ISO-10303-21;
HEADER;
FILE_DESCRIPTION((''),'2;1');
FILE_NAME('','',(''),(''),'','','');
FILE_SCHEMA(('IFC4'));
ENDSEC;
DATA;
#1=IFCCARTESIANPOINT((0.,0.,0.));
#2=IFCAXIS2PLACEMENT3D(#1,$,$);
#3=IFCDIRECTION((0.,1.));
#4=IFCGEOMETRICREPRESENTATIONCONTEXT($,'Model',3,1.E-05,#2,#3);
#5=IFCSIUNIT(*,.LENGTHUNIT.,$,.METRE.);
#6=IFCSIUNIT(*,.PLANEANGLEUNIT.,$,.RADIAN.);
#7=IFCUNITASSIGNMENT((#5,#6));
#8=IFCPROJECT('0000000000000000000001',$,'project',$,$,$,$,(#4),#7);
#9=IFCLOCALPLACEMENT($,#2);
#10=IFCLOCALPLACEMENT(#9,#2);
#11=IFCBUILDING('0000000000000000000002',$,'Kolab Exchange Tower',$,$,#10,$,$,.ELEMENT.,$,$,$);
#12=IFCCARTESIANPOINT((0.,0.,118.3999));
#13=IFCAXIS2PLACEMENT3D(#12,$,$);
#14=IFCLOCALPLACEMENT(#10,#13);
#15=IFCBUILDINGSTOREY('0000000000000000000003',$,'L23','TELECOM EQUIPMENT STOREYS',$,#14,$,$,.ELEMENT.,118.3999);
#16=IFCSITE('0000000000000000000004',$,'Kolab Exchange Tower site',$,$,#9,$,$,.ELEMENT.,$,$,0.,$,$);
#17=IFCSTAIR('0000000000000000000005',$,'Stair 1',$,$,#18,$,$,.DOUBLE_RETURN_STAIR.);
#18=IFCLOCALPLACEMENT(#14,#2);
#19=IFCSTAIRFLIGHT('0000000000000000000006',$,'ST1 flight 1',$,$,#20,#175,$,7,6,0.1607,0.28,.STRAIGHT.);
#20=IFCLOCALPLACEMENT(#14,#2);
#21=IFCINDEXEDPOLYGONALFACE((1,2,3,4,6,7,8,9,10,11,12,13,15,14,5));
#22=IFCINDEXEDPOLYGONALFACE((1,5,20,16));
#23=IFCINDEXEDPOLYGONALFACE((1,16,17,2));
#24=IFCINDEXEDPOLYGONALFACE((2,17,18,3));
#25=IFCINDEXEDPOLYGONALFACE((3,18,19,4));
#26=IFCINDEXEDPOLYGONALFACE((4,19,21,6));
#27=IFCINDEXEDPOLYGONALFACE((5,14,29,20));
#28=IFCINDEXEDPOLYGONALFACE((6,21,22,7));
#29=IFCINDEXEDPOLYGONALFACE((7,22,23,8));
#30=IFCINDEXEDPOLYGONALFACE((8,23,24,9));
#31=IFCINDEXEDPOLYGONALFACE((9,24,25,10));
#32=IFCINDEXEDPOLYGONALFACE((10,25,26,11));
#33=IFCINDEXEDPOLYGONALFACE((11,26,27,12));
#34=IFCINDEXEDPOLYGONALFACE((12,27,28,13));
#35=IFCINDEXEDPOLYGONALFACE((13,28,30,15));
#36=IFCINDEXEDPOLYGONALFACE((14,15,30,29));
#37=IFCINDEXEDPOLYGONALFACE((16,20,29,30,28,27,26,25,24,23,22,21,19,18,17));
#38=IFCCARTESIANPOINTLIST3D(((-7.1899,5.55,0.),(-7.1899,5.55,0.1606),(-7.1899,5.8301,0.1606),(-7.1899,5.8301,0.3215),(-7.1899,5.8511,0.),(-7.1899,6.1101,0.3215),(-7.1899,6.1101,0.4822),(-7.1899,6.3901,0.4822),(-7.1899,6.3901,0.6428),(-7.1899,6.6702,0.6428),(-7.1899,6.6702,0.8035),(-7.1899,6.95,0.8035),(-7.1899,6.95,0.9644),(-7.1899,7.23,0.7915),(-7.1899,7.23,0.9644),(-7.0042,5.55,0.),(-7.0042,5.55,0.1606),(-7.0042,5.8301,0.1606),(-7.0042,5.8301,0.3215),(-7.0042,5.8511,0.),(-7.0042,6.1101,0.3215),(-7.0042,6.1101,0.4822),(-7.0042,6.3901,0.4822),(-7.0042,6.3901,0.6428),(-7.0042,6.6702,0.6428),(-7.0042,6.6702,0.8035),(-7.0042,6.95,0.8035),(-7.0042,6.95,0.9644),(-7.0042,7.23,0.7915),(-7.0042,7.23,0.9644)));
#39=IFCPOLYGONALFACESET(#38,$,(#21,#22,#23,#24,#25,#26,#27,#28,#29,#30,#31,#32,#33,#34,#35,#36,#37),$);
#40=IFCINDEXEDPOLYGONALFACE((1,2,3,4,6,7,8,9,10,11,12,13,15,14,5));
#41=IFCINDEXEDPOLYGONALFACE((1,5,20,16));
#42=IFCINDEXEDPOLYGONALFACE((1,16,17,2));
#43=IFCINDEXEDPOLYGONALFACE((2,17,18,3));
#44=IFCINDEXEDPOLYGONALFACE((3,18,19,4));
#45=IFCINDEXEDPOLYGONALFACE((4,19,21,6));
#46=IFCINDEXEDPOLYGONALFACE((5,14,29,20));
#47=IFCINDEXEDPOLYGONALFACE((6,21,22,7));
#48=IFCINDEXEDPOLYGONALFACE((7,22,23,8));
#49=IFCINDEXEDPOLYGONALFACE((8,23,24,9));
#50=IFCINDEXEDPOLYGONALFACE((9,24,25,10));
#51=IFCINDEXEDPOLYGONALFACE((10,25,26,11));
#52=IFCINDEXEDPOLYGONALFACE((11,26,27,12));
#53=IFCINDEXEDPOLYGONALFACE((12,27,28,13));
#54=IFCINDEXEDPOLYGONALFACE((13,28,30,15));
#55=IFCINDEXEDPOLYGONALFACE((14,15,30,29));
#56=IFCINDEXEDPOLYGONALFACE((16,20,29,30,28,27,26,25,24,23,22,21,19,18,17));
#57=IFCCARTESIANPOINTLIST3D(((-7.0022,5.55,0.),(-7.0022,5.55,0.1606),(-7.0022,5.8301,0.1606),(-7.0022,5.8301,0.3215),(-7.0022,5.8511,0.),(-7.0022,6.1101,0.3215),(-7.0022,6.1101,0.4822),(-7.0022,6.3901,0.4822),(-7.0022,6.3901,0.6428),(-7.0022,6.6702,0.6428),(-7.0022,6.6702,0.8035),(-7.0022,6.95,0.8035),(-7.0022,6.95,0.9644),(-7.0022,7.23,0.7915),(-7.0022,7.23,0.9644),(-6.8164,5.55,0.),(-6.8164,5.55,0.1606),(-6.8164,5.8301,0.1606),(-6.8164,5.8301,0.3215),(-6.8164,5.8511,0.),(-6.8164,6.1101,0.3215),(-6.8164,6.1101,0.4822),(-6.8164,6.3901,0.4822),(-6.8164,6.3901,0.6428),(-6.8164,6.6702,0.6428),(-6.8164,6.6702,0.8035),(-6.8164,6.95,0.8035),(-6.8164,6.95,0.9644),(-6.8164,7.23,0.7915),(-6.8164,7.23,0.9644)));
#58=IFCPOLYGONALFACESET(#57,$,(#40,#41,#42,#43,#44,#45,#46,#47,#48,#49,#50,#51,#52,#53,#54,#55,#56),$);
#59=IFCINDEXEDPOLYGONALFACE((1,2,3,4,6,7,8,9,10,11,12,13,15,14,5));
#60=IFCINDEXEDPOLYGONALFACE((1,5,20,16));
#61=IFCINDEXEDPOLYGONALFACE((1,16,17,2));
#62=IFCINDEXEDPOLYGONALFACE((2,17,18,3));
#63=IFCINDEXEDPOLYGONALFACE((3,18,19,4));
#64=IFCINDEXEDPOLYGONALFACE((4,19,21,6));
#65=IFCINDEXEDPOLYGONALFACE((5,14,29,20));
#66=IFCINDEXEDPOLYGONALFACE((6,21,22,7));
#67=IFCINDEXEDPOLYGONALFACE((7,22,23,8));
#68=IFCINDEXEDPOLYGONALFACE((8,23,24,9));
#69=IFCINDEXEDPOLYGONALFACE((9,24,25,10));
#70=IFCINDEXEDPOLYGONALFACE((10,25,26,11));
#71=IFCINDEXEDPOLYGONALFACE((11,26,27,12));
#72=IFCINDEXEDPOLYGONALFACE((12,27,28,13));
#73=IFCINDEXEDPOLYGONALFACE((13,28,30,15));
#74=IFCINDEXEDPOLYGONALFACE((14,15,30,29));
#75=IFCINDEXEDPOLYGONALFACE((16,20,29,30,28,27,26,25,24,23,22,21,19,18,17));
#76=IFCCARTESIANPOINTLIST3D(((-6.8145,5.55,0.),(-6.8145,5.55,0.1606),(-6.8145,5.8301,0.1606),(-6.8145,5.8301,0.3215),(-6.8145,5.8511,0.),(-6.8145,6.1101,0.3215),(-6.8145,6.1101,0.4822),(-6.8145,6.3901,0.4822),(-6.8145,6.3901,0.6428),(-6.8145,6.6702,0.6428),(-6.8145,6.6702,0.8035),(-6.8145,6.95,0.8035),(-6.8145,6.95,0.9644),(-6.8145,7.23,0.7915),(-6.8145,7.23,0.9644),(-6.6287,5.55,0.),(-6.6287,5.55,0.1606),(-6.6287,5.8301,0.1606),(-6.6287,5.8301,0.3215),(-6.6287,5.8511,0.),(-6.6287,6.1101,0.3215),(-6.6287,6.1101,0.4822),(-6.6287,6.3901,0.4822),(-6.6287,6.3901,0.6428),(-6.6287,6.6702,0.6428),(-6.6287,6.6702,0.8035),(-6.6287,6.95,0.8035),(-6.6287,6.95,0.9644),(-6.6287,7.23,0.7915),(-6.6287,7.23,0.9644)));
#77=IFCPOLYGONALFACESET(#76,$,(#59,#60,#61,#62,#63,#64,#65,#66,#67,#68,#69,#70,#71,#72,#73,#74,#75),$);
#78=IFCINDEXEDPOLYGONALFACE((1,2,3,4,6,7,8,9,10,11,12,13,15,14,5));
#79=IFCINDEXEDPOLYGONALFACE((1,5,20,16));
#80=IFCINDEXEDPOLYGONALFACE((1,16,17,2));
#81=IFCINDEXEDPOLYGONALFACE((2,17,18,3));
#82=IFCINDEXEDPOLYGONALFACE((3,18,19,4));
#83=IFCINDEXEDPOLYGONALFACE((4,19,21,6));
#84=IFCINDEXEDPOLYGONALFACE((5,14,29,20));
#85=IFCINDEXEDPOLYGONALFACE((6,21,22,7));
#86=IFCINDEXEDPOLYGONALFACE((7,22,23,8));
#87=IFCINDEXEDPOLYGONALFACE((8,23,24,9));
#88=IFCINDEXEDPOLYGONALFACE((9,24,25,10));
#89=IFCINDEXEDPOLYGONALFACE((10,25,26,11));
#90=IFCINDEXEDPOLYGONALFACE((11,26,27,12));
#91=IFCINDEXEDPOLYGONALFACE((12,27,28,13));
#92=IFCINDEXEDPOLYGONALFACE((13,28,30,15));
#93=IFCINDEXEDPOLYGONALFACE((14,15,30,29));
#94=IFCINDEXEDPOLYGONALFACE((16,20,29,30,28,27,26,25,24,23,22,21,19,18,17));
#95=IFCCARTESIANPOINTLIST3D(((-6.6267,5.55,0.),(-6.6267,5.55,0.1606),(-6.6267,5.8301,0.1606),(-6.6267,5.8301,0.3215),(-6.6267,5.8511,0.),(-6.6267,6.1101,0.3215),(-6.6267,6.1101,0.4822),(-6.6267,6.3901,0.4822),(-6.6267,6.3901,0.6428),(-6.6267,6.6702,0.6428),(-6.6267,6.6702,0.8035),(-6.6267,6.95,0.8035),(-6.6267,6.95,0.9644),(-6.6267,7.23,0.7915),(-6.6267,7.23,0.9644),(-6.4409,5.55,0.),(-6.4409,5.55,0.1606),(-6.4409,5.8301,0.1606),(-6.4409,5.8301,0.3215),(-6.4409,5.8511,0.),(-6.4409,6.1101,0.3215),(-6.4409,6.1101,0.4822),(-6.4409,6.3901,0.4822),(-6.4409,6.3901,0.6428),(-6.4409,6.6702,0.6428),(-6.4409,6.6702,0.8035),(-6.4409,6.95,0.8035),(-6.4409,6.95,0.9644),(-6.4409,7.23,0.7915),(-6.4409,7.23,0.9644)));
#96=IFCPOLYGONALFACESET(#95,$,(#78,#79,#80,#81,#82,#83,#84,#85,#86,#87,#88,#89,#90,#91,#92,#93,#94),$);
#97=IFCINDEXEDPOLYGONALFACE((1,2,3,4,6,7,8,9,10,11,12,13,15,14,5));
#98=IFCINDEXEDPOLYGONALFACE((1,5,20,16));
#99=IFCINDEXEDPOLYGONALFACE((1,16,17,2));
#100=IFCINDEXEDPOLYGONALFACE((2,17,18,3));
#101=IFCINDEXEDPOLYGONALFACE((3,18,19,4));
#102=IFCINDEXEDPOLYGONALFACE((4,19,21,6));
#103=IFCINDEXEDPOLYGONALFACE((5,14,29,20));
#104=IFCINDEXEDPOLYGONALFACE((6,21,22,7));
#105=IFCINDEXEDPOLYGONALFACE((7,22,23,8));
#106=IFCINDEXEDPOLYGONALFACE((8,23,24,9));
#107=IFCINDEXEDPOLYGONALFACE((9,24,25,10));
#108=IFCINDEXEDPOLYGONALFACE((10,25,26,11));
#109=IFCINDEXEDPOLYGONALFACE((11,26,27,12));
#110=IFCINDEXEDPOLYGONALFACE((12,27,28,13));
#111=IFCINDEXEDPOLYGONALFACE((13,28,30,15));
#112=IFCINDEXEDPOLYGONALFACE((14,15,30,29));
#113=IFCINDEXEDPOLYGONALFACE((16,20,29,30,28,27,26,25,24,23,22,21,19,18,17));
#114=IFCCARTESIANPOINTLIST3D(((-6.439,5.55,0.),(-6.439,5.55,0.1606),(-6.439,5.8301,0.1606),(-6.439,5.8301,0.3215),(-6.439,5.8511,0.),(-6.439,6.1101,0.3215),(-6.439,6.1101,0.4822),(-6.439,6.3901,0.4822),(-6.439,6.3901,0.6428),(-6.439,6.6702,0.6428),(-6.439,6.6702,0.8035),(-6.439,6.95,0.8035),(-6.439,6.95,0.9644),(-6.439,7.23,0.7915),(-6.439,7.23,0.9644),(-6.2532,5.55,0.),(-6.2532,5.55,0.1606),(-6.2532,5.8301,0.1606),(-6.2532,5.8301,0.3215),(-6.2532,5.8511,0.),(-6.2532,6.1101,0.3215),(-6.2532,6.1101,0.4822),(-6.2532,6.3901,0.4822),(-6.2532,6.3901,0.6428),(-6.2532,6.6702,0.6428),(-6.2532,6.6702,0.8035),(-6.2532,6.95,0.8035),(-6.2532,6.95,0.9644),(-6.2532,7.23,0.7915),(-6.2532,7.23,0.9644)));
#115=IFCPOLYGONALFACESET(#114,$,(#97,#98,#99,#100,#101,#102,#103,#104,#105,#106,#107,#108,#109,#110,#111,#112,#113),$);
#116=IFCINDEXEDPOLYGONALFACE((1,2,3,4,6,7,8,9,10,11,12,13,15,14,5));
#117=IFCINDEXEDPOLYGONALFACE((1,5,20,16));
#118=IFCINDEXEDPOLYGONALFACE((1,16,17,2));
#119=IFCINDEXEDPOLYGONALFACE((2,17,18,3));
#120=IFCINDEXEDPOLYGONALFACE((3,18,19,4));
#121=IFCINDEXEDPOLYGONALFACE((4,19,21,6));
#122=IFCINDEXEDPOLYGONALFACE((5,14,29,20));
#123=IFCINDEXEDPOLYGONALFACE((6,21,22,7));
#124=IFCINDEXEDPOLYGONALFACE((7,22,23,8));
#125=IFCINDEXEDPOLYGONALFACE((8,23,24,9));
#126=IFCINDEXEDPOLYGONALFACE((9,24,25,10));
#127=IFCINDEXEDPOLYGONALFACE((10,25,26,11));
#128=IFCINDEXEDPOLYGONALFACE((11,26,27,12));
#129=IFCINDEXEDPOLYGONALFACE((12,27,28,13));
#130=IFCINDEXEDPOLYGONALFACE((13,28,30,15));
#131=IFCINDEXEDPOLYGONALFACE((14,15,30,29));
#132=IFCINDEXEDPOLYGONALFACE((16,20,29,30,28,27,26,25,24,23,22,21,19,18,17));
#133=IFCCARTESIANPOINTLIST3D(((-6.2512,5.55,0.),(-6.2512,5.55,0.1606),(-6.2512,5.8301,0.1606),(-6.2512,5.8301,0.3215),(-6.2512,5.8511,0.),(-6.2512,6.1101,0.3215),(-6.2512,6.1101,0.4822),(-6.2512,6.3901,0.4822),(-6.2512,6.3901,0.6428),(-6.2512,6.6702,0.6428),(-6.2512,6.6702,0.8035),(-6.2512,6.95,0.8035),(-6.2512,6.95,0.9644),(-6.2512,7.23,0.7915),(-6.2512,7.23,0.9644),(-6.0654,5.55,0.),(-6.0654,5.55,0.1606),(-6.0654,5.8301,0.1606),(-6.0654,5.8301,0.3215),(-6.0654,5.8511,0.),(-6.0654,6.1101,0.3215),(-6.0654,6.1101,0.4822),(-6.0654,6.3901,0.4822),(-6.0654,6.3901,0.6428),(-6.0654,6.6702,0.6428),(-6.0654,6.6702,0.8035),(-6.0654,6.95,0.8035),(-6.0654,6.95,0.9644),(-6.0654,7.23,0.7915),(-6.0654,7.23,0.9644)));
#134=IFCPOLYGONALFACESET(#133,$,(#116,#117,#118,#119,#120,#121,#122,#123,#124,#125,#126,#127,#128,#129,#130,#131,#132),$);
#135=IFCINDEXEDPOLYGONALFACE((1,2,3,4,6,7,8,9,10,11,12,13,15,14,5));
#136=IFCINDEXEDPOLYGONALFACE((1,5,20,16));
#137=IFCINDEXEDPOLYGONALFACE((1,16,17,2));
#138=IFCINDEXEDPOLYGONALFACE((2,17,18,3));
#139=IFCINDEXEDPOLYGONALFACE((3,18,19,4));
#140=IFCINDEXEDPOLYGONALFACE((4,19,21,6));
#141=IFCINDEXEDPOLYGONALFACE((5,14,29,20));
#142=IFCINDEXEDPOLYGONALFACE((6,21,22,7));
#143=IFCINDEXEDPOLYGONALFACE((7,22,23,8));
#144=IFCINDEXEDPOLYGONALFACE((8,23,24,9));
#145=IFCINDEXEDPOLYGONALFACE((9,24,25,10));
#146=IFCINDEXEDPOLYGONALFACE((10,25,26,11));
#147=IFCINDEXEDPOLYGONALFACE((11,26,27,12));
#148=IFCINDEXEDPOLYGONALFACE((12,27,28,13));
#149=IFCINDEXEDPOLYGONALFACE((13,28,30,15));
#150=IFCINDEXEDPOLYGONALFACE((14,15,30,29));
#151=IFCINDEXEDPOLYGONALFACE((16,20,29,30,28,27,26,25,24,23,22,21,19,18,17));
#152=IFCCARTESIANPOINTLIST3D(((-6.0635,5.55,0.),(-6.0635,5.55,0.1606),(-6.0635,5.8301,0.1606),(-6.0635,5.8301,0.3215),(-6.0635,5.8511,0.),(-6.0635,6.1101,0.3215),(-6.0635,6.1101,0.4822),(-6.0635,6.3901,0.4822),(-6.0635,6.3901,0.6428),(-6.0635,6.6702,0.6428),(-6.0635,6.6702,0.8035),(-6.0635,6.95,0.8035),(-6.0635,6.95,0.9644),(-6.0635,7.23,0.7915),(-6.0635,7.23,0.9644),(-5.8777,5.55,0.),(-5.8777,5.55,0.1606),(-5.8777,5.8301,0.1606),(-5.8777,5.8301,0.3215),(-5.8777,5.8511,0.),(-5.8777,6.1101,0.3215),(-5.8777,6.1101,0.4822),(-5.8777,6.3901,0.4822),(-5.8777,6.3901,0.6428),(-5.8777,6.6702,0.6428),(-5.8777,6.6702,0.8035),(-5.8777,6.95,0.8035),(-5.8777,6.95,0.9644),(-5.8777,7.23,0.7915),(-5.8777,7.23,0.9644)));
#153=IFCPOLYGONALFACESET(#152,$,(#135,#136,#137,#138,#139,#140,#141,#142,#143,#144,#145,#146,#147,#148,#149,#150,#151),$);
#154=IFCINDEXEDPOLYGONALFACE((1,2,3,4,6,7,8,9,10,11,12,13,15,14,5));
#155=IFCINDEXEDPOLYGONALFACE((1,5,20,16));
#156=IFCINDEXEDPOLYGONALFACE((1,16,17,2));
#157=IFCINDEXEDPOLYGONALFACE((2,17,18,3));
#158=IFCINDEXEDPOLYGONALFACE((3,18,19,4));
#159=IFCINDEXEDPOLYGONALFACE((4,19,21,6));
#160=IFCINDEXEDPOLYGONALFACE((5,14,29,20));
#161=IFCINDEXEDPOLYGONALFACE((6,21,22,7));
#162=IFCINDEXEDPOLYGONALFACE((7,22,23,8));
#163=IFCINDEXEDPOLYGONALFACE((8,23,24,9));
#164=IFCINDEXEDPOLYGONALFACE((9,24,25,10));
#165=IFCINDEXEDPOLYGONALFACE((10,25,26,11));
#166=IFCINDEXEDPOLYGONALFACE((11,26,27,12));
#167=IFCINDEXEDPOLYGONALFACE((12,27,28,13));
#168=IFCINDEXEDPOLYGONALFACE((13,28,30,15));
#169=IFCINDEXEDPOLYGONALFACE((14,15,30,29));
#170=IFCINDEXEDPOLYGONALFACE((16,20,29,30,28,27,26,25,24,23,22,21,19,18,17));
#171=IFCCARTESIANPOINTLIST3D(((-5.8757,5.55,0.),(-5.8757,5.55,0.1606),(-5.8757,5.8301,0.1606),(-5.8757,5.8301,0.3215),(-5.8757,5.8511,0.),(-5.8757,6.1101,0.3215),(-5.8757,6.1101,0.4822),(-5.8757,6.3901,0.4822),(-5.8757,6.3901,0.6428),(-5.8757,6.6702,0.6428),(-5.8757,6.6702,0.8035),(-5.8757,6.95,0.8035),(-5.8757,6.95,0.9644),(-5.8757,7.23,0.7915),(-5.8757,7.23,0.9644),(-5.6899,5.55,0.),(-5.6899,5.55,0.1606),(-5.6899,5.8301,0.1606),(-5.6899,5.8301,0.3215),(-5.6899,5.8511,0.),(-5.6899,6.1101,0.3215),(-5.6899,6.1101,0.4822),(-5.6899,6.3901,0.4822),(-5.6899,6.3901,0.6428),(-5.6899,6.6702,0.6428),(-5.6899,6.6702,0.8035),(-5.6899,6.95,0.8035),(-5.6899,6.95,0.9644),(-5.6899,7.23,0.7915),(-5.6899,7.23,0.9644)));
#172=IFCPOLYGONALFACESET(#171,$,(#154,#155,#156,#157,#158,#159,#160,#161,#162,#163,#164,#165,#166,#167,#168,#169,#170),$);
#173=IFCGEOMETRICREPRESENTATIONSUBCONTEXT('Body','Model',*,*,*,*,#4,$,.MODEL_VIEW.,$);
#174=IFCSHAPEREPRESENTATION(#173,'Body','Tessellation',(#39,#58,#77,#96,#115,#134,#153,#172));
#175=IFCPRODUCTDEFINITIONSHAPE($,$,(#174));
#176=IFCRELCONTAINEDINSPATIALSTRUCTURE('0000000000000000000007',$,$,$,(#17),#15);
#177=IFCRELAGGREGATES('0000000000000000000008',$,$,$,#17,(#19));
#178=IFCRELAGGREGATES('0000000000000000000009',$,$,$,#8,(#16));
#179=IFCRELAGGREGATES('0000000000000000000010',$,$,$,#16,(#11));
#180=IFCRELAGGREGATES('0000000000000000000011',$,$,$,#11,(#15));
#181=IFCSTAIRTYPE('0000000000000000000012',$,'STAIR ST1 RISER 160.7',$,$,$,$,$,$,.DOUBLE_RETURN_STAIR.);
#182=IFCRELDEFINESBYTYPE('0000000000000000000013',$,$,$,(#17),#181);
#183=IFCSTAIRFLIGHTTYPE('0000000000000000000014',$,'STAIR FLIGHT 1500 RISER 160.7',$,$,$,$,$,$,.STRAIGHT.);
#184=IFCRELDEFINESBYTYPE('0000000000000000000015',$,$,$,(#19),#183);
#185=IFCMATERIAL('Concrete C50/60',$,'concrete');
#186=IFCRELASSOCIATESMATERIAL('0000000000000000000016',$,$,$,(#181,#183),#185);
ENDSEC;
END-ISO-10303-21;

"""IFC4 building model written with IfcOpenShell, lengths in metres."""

from ifc_helpers import new_model, si_unit, direction, frame, origin, place, context, subcontext, project, spatial, polyline, outline, extrude, material, type_object, element, aggregate, save


model = new_model("IFC4")

# Units and contexts
model_context = context("Model", 3, precision=1e-05, world=origin(), true_north=direction((0.0, 1.0)))
body_context = subcontext(model_context, "Body", "Model", "MODEL_VIEW")
ifc_project = project(units=[si_unit("LENGTHUNIT", "METRE"), si_unit("PLANEANGLEUNIT", "RADIAN")], contexts=[model_context])

# Site, building, storey
site_placement = place(None, origin())
site = spatial("IfcSite", under=ifc_project, at=site_placement, Name="Kolab Exchange Tower site", CompositionType="ELEMENT", RefElevation=0.0)
building_placement = place(site_placement, origin())
building = spatial("IfcBuilding", under=site, at=building_placement, Name="Kolab Exchange Tower", CompositionType="ELEMENT")
storey_placement = place(building_placement, frame((0.0, 0.0, 118.3999)))
storey = spatial("IfcBuildingStorey", under=building, at=storey_placement, Name="L23", Description="TELECOM EQUIPMENT STOREYS", CompositionType="ELEMENT", Elevation=118.3999)

# Shared definitions
ifc_material_1 = material(Name="Concrete C50/60", Category="concrete")

# Stair, stair flight
stair_type = type_object("IfcStairType", Name="STAIR ST1 RISER 160.7", PredefinedType="DOUBLE_RETURN_STAIR", material=ifc_material_1)
stair_placement = place(storey_placement, origin())
stair = element("IfcStair", 1, at=stair_placement, inside=storey, type_object=stair_type, Name="Stair 1", PredefinedType="DOUBLE_RETURN_STAIR")
stair_flight_type = type_object("IfcStairFlightType", Name="STAIR FLIGHT 1500 RISER 160.7", PredefinedType="STRAIGHT", material=ifc_material_1)
stair_flight_1_placement = place(storey_placement, frame((-6.4399, 5.55, 0.0), z_axis=(0.0, 0.0, 1.0), x_axis=(0.0, 1.0, 0.0)))
stair_flight_1 = element("IfcStairFlight", 2, at=stair_flight_1_placement, type_object=stair_flight_type, Name="ST1 flight 1", NumberOfRisers=7, NumberOfTreads=6, PredefinedType="STRAIGHT", RiserHeight=0.1607, TreadLength=0.28, context=body_context, shape_type="SweptSolid", body=[
    extrude(outline(polyline([(0.0, 0.0), (0.0, 0.1606), (0.28, 0.1606), (0.28, 0.3215), (0.5601, 0.3215), (0.5601, 0.4822), (0.8401, 0.4822), (0.8401, 0.6428), (1.1201, 0.6428), (1.1201, 0.8035), (1.3999, 0.8035), (1.3999, 0.9644), (1.6799, 0.9644), (1.6799, 1.125), (1.6799, 0.7915), (0.301, 0.0), (0.0, 0.0)])), frame((0.0, 0.75, 0.0), z_axis=(0.0, -1.0, 0.0), x_axis=(1.0, 0.0, 0.0)), (0.0, 0.0, 1.0), 0.1858),
    extrude(outline(polyline([(0.0, 0.0), (0.0, 0.1606), (0.28, 0.1606), (0.28, 0.3215), (0.5601, 0.3215), (0.5601, 0.4822), (0.8401, 0.4822), (0.8401, 0.6428), (1.1201, 0.6428), (1.1201, 0.8035), (1.3999, 0.8035), (1.3999, 0.9644), (1.6799, 0.9644), (1.6799, 1.125), (1.6799, 0.7915), (0.301, 0.0), (0.0, 0.0)])), frame((0.0, 0.5623, 0.0), z_axis=(0.0, -1.0, 0.0), x_axis=(1.0, 0.0, 0.0)), (0.0, 0.0, 1.0), 0.1858),
    extrude(outline(polyline([(0.0, 0.0), (0.0, 0.1606), (0.28, 0.1606), (0.28, 0.3215), (0.5601, 0.3215), (0.5601, 0.4822), (0.8401, 0.4822), (0.8401, 0.6428), (1.1201, 0.6428), (1.1201, 0.8035), (1.3999, 0.8035), (1.3999, 0.9644), (1.6799, 0.9644), (1.6799, 1.125), (1.6799, 0.7915), (0.301, 0.0), (0.0, 0.0)])), frame((0.0, 0.3745, 0.0), z_axis=(0.0, -1.0, 0.0), x_axis=(1.0, 0.0, 0.0)), (0.0, 0.0, 1.0), 0.1858),
    extrude(outline(polyline([(0.0, 0.0), (0.0, 0.1606), (0.28, 0.1606), (0.28, 0.3215), (0.5601, 0.3215), (0.5601, 0.4822), (0.8401, 0.4822), (0.8401, 0.6428), (1.1201, 0.6428), (1.1201, 0.8035), (1.3999, 0.8035), (1.3999, 0.9644), (1.6799, 0.9644), (1.6799, 1.125), (1.6799, 0.7915), (0.301, 0.0), (0.0, 0.0)])), frame((0.0, 0.1868, 0.0), z_axis=(0.0, -1.0, 0.0), x_axis=(1.0, 0.0, 0.0)), (0.0, 0.0, 1.0), 0.1858),
    extrude(outline(polyline([(0.0, 0.0), (0.0, 0.1606), (0.28, 0.1606), (0.28, 0.3215), (0.5601, 0.3215), (0.5601, 0.4822), (0.8401, 0.4822), (0.8401, 0.6428), (1.1201, 0.6428), (1.1201, 0.8035), (1.3999, 0.8035), (1.3999, 0.9644), (1.6799, 0.9644), (1.6799, 1.125), (1.6799, 0.7915), (0.301, 0.0), (0.0, 0.0)])), frame((0.0, -0.001, 0.0), z_axis=(0.0, -1.0, 0.0), x_axis=(1.0, 0.0, 0.0)), (0.0, 0.0, 1.0), 0.1858),
    extrude(outline(polyline([(0.0, 0.0), (0.0, 0.1606), (0.28, 0.1606), (0.28, 0.3215), (0.5601, 0.3215), (0.5601, 0.4822), (0.8401, 0.4822), (0.8401, 0.6428), (1.1201, 0.6428), (1.1201, 0.8035), (1.3999, 0.8035), (1.3999, 0.9644), (1.6799, 0.9644), (1.6799, 1.125), (1.6799, 0.7915), (0.301, 0.0), (0.0, 0.0)])), frame((0.0, -0.1887, 0.0), z_axis=(0.0, -1.0, 0.0), x_axis=(1.0, 0.0, 0.0)), (0.0, 0.0, 1.0), 0.1858),
    extrude(outline(polyline([(0.0, 0.0), (0.0, 0.1606), (0.28, 0.1606), (0.28, 0.3215), (0.5601, 0.3215), (0.5601, 0.4822), (0.8401, 0.4822), (0.8401, 0.6428), (1.1201, 0.6428), (1.1201, 0.8035), (1.3999, 0.8035), (1.3999, 0.9644), (1.6799, 0.9644), (1.6799, 1.125), (1.6799, 0.7915), (0.301, 0.0), (0.0, 0.0)])), frame((0.0, -0.3765, 0.0), z_axis=(0.0, -1.0, 0.0), x_axis=(1.0, 0.0, 0.0)), (0.0, 0.0, 1.0), 0.1858),
    extrude(outline(polyline([(0.0, 0.0), (0.0, 0.1606), (0.28, 0.1606), (0.28, 0.3215), (0.5601, 0.3215), (0.5601, 0.4822), (0.8401, 0.4822), (0.8401, 0.6428), (1.1201, 0.6428), (1.1201, 0.8035), (1.3999, 0.8035), (1.3999, 0.9644), (1.6799, 0.9644), (1.6799, 1.125), (1.6799, 0.7915), (0.301, 0.0), (0.0, 0.0)])), frame((0.0, -0.5642, 0.0), z_axis=(0.0, -1.0, 0.0), x_axis=(1.0, 0.0, 0.0)), (0.0, 0.0, 1.0), 0.1858),
])
aggregate(stair, [stair_flight_1])

save(model, "model.ifc")
